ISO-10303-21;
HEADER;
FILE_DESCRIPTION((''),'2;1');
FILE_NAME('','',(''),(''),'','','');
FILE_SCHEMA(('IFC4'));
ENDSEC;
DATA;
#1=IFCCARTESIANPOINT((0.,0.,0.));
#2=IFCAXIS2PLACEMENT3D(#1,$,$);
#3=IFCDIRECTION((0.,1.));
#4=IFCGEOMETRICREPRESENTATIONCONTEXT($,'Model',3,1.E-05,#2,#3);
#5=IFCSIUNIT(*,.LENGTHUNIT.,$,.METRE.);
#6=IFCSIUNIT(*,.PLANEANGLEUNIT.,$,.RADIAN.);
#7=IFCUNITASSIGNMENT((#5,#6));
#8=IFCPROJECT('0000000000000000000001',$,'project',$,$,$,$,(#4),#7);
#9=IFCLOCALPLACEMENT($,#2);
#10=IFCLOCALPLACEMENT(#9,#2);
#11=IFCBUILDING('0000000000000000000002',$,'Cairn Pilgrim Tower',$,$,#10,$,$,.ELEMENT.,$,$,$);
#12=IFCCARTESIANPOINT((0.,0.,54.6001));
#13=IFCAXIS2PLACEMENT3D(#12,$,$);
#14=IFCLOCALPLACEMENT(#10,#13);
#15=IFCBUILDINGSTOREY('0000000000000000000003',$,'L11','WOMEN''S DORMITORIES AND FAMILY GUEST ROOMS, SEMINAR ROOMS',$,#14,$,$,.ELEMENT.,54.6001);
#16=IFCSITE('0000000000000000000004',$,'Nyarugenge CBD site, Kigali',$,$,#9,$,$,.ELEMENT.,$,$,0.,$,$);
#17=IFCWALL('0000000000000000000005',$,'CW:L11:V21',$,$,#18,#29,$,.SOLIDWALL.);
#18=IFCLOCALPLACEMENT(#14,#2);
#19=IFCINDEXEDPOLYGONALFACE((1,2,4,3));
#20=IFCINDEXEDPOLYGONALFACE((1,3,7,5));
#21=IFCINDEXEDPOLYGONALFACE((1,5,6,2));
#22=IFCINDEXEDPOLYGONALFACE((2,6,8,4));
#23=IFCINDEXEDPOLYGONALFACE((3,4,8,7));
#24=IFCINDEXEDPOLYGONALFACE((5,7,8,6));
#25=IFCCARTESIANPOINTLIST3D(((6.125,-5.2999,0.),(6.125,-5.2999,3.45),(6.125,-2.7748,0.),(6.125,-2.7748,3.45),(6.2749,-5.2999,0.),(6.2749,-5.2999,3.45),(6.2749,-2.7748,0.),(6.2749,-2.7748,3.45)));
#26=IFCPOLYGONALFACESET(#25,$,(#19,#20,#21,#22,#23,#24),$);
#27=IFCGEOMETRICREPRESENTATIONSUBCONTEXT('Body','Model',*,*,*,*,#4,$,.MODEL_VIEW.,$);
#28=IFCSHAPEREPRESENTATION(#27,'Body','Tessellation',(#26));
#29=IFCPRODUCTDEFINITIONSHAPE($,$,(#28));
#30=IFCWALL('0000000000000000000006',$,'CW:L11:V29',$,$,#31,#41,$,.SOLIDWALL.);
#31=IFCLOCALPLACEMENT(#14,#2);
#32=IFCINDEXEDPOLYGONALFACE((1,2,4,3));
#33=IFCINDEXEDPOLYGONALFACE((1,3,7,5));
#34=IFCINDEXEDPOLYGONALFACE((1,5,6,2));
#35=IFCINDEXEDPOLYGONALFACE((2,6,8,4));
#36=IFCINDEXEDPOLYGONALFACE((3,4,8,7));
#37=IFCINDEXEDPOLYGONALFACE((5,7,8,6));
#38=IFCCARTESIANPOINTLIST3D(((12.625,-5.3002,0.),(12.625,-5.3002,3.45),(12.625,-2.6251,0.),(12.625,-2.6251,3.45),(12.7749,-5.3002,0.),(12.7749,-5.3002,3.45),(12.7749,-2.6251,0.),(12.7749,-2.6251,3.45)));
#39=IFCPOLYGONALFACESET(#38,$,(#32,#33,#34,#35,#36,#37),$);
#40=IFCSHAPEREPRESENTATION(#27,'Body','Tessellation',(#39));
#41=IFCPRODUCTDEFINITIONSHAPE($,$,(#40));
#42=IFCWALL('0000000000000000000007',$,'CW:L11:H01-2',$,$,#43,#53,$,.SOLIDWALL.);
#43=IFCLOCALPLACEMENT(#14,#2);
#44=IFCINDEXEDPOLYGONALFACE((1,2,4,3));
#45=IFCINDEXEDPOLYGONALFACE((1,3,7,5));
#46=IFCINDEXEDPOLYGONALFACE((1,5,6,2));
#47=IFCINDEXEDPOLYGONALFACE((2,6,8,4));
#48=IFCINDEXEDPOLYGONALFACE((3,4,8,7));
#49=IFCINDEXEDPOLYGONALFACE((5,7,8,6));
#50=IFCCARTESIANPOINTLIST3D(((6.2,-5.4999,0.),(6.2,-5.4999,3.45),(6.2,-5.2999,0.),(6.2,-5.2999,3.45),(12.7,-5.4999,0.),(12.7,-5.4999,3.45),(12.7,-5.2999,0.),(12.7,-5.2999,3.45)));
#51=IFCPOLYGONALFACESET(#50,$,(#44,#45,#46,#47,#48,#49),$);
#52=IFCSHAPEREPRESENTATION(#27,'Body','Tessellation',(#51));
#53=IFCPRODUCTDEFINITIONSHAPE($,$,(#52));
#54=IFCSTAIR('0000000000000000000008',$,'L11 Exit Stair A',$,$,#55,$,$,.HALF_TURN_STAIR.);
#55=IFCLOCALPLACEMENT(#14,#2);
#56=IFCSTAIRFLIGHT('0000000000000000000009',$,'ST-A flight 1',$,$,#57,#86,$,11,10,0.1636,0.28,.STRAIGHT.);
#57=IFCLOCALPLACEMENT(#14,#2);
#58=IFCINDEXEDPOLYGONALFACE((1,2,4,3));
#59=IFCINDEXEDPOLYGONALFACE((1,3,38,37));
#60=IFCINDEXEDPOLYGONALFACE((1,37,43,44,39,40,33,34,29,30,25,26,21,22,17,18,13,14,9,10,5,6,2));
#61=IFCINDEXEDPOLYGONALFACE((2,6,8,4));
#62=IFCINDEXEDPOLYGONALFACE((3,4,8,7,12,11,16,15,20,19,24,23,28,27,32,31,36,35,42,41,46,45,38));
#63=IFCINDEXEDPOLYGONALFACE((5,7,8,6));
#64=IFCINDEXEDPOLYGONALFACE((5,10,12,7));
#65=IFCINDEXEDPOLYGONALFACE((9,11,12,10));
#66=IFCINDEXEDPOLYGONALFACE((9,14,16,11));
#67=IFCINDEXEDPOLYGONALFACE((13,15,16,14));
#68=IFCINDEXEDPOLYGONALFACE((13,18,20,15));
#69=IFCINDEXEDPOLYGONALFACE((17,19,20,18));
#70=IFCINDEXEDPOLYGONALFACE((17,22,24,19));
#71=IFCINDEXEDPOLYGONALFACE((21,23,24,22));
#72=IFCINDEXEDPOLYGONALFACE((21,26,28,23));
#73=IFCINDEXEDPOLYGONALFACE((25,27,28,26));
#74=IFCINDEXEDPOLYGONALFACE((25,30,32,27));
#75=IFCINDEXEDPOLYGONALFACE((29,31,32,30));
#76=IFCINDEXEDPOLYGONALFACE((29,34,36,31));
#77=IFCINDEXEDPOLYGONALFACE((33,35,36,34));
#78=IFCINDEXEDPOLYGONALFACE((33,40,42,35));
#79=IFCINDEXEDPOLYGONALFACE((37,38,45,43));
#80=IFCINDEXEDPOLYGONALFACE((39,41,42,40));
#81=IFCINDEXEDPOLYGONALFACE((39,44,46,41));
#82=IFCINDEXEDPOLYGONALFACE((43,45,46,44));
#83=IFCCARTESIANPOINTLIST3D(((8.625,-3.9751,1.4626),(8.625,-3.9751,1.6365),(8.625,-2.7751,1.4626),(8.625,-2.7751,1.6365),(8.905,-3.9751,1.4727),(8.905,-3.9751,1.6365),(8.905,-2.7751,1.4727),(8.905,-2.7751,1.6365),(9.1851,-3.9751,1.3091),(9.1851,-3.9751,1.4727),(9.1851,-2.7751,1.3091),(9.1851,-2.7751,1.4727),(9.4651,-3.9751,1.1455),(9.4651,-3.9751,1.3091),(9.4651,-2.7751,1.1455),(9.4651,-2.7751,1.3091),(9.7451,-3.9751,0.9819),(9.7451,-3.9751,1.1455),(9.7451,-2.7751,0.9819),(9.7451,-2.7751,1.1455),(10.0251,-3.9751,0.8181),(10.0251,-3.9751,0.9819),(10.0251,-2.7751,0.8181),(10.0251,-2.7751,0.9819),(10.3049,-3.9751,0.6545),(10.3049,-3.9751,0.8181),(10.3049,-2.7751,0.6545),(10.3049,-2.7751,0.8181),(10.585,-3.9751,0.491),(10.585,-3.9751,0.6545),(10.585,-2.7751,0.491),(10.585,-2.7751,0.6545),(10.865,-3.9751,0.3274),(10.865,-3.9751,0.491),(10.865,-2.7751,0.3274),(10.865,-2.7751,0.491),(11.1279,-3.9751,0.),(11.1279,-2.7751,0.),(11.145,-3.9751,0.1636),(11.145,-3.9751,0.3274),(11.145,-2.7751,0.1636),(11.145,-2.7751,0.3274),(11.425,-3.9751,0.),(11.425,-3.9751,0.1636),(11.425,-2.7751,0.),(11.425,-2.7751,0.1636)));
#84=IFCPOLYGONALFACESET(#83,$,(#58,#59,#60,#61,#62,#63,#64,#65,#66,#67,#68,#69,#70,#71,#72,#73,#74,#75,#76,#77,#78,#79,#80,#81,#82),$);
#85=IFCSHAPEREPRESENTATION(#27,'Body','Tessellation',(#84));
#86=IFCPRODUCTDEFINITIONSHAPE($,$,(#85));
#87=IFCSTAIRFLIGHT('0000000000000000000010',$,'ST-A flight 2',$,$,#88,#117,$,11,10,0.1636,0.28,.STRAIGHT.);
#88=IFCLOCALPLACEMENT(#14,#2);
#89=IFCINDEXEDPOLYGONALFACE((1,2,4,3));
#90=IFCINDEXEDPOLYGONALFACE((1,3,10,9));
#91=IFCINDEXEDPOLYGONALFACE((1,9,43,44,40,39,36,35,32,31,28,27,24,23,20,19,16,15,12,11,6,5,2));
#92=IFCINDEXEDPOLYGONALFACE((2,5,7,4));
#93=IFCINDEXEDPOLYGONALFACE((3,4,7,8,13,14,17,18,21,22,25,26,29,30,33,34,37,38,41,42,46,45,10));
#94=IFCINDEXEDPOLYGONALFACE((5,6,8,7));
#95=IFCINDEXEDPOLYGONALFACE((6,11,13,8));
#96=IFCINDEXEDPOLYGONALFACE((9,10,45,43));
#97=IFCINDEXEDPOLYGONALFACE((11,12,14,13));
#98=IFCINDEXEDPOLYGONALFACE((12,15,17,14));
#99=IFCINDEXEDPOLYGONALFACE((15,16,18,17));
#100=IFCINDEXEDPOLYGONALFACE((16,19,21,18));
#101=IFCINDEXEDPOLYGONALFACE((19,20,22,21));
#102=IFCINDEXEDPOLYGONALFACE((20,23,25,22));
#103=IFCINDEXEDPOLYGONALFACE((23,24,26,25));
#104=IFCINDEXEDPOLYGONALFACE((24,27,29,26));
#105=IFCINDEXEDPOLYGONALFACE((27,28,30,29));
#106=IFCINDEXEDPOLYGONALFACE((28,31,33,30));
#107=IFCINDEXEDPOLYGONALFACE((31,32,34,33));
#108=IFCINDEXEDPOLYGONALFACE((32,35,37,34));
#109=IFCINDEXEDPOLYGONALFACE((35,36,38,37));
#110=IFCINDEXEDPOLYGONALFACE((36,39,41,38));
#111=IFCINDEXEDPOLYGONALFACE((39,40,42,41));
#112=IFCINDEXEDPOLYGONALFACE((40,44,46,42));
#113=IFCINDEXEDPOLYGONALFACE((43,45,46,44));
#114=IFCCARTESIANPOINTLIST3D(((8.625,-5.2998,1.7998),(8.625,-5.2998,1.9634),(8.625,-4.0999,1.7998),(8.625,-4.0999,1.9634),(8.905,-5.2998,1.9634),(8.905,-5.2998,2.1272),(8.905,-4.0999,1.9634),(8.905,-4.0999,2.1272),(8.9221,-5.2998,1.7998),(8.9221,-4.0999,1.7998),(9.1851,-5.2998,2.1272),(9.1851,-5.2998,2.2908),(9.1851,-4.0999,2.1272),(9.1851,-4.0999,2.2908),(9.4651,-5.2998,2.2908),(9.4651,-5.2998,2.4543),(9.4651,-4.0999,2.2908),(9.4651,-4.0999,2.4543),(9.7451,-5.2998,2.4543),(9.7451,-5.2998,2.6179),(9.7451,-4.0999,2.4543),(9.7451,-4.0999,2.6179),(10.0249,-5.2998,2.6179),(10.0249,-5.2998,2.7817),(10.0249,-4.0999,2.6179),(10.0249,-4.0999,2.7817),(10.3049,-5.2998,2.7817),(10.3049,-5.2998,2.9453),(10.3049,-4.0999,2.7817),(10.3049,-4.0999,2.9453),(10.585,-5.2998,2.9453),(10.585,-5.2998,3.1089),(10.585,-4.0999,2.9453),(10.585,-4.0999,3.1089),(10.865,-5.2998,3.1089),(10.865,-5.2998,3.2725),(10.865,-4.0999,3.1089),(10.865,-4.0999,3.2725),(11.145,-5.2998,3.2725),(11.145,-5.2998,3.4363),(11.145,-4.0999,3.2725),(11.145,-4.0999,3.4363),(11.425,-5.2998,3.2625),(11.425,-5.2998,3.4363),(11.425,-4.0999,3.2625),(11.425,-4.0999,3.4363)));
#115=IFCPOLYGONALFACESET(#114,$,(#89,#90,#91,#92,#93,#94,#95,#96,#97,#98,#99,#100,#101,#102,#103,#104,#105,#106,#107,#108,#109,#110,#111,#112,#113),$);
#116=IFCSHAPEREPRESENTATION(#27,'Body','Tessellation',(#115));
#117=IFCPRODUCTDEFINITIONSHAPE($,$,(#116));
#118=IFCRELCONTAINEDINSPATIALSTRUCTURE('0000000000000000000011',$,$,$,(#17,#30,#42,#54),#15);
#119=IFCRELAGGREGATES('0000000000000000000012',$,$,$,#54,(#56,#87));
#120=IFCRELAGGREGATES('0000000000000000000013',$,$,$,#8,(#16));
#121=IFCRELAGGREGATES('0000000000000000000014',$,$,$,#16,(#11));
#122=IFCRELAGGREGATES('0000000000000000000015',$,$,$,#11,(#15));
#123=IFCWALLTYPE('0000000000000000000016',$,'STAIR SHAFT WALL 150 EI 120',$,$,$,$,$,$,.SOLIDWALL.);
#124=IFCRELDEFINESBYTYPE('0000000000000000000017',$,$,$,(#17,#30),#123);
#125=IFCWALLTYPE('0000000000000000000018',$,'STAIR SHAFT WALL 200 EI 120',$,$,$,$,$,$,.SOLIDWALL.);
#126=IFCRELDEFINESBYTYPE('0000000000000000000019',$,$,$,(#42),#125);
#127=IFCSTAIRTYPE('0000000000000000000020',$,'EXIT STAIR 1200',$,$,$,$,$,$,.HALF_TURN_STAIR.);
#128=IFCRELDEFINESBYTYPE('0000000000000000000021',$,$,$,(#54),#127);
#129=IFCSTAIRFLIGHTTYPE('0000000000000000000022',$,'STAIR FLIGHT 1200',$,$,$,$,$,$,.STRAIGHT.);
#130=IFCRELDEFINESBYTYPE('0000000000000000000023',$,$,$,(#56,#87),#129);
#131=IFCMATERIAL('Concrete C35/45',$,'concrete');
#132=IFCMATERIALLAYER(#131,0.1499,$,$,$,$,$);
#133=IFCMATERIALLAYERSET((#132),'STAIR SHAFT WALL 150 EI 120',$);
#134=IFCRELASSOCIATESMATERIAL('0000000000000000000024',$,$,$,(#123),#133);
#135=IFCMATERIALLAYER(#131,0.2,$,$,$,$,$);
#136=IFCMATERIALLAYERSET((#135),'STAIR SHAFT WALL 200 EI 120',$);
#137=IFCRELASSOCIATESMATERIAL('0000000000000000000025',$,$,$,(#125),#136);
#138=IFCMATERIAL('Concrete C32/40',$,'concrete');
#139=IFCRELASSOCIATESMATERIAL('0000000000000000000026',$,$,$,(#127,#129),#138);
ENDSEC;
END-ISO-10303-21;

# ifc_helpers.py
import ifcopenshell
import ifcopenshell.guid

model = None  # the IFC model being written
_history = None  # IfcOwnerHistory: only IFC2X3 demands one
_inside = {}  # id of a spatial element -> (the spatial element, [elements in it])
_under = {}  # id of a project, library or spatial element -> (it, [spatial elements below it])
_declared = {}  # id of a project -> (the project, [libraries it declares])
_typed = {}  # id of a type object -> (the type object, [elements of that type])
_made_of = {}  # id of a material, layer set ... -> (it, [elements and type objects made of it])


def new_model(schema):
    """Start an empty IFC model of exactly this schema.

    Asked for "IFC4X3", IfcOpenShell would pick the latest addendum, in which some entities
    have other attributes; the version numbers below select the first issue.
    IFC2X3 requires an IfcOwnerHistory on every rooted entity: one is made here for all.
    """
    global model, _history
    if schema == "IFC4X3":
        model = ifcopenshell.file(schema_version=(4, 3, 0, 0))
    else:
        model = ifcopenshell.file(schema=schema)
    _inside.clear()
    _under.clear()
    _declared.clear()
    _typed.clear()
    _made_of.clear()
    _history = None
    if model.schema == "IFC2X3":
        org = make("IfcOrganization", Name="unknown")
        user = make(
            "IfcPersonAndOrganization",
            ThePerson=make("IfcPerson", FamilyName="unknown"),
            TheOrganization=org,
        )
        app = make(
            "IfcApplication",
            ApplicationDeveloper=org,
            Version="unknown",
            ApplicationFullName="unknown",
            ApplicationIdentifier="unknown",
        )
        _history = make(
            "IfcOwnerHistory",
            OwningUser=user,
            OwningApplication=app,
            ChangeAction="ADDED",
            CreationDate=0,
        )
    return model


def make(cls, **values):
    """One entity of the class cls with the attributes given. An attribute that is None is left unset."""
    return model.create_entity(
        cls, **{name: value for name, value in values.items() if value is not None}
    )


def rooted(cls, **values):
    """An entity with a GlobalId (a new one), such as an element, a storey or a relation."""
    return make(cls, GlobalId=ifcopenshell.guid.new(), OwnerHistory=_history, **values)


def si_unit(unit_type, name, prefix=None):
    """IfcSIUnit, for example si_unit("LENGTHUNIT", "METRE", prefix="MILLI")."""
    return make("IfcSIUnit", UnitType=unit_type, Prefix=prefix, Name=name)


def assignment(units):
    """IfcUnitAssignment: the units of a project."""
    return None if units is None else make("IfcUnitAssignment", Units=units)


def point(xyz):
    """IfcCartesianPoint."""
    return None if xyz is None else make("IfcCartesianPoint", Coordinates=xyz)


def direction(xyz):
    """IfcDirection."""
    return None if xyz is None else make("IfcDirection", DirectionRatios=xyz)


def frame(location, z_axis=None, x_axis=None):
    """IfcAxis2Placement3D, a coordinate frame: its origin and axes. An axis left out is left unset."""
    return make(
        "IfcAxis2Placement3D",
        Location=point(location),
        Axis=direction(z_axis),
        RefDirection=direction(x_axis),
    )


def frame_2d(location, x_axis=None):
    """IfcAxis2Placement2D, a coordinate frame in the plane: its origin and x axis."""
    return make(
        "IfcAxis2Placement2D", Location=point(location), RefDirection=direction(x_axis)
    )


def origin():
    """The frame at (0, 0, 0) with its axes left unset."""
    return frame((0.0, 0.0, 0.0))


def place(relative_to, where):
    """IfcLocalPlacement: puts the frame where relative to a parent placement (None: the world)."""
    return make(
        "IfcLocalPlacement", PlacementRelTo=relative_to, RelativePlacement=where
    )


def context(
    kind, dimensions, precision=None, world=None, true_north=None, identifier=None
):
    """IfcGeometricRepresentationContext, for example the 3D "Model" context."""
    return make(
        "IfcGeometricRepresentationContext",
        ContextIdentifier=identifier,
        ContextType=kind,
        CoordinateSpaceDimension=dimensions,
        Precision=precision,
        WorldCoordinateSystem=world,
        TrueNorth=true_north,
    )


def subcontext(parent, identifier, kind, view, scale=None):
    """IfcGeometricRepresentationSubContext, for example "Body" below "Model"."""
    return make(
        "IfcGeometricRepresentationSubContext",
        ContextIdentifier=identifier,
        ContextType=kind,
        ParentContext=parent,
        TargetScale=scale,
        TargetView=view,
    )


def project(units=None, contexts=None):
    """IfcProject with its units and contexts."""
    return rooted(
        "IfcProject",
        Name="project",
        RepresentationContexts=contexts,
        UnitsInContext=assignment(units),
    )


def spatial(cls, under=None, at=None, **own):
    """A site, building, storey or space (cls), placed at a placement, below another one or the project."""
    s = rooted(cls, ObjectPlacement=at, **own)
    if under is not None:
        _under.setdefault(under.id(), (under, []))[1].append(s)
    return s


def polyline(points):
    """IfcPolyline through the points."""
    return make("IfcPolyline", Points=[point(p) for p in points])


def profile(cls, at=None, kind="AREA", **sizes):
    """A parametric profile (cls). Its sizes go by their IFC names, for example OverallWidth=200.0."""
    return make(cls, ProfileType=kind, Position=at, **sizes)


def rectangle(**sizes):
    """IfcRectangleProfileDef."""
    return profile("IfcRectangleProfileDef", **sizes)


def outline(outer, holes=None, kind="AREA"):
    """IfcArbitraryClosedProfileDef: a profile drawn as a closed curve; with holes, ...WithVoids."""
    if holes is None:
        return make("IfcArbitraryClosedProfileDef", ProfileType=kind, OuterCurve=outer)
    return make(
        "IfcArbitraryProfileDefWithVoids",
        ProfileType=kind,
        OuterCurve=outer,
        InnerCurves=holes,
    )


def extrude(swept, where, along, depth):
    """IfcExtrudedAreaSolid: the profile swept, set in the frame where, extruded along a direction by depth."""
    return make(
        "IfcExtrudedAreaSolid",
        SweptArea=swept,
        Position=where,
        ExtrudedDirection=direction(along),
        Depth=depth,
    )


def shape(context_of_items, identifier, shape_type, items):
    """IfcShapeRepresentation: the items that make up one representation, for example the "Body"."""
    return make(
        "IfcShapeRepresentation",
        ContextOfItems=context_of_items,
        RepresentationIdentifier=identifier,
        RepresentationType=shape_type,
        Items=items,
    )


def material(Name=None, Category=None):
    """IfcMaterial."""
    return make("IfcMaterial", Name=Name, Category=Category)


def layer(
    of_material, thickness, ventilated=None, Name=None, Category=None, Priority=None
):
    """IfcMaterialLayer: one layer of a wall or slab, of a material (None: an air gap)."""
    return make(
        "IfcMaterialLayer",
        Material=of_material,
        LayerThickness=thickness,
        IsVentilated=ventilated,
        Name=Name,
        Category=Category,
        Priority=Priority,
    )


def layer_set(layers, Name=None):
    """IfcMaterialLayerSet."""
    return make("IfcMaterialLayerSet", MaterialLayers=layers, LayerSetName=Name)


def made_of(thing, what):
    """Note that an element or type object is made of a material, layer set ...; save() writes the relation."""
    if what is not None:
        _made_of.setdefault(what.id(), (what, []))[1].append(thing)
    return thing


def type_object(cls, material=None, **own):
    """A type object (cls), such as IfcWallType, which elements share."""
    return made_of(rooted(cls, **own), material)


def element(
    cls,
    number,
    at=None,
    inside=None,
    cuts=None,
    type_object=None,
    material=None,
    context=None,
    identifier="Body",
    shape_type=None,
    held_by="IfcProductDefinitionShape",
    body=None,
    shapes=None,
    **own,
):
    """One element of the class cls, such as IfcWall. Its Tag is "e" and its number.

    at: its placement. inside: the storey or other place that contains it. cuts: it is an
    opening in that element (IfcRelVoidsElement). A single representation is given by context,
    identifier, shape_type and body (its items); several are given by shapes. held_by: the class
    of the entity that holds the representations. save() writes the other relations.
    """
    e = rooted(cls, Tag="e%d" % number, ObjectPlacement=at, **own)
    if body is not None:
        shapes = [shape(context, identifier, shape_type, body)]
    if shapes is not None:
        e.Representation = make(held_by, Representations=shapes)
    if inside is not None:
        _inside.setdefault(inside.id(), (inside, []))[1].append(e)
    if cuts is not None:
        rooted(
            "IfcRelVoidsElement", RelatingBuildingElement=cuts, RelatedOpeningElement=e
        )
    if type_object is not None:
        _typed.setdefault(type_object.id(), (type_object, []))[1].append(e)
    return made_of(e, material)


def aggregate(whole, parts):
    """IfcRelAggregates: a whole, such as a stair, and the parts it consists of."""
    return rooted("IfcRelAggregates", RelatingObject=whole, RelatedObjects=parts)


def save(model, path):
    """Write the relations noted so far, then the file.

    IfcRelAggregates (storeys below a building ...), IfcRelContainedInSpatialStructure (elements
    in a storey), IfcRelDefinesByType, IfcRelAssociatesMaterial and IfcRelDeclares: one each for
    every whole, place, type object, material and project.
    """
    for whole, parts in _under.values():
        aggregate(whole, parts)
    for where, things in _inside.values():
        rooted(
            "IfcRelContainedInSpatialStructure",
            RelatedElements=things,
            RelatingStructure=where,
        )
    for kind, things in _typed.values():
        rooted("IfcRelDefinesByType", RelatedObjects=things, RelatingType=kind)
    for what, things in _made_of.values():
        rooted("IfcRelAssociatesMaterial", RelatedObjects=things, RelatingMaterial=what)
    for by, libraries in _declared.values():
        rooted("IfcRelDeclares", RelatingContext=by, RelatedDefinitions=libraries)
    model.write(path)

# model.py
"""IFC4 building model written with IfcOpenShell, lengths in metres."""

from ifc_helpers import new_model, si_unit, direction, frame, frame_2d, origin, place, context, subcontext, project, spatial, polyline, rectangle, outline, extrude, material, layer, layer_set, type_object, element, aggregate, save


model = new_model("IFC4")

# Units and contexts
model_context = context("Model", 3, precision=1e-05, world=origin(), true_north=direction((0.0, 1.0)))
body_context = subcontext(model_context, "Body", "Model", "MODEL_VIEW")
ifc_project = project(units=[si_unit("LENGTHUNIT", "METRE"), si_unit("PLANEANGLEUNIT", "RADIAN")], contexts=[model_context])

# Site, building, storey
site_placement = place(None, origin())
site = spatial("IfcSite", under=ifc_project, at=site_placement, Name="Nyarugenge CBD site, Kigali", CompositionType="ELEMENT", RefElevation=0.0)
building_placement = place(site_placement, origin())
building = spatial("IfcBuilding", under=site, at=building_placement, Name="Cairn Pilgrim Tower", CompositionType="ELEMENT")
storey_placement = place(building_placement, frame((0.0, 0.0, 54.6001)))
storey = spatial("IfcBuildingStorey", under=building, at=storey_placement, Name="L11", Description="WOMEN'S DORMITORIES AND FAMILY GUEST ROOMS, SEMINAR ROOMS", CompositionType="ELEMENT", Elevation=54.6001)

# Shared definitions
ifc_material_1 = material(Name="Concrete C32/40", Category="concrete")

# Shared definitions
ifc_material_2 = material(Name="Concrete C35/45", Category="concrete")
ifc_layer_1 = layer(ifc_material_2, 0.1499)
ifc_layer_set_1 = layer_set([ifc_layer_1], Name="STAIR SHAFT WALL 150 EI 120")
wall_type_1 = type_object("IfcWallType", Name="STAIR SHAFT WALL 150 EI 120", PredefinedType="SOLIDWALL", material=ifc_layer_set_1)

# Walls
wall_1_placement = place(storey_placement, frame((6.2, -5.3, 0.0), z_axis=(0.0, 0.0, 1.0), x_axis=(0.0, 1.0, 0.0)))
element("IfcWall", 1, at=wall_1_placement, inside=storey, type_object=wall_type_1, Name="CW:L11:V21", PredefinedType="SOLIDWALL", context=body_context, shape_type="SweptSolid", body=[
    extrude(rectangle(XDim=2.5251, YDim=0.1499, at=frame_2d((1.2627, 0.0))), origin(), (0.0, 0.0, 1.0), 3.45),
])
wall_2_placement = place(storey_placement, frame((12.7, -5.3, 0.0), z_axis=(0.0, 0.0, 1.0), x_axis=(0.0, 1.0, 0.0)))
element("IfcWall", 2, at=wall_2_placement, inside=storey, type_object=wall_type_1, Name="CW:L11:V29", PredefinedType="SOLIDWALL", context=body_context, shape_type="SweptSolid", body=[
    extrude(rectangle(XDim=2.675, YDim=0.1499, at=frame_2d((1.3374, 0.0))), origin(), (0.0, 0.0, 1.0), 3.45),
])
ifc_layer_2 = layer(ifc_material_2, 0.2)
ifc_layer_set_2 = layer_set([ifc_layer_2], Name="STAIR SHAFT WALL 200 EI 120")
wall_type_2 = type_object("IfcWallType", Name="STAIR SHAFT WALL 200 EI 120", PredefinedType="SOLIDWALL", material=ifc_layer_set_2)
wall_3_placement = place(storey_placement, frame((6.2, -5.3999, 0.0), z_axis=(0.0, 0.0, 1.0), x_axis=(1.0, 0.0, 0.0)))
element("IfcWall", 3, at=wall_3_placement, inside=storey, type_object=wall_type_2, Name="CW:L11:H01-2", PredefinedType="SOLIDWALL", context=body_context, shape_type="SweptSolid", body=[
    extrude(rectangle(XDim=6.5, YDim=0.2, at=frame_2d((3.25, 0.0))), origin(), (0.0, 0.0, 1.0), 3.45),
])

# Stair, stair flights
stair_type = type_object("IfcStairType", Name="EXIT STAIR 1200", PredefinedType="HALF_TURN_STAIR", material=ifc_material_1)
stair_placement = place(storey_placement, origin())
stair = element("IfcStair", 4, at=stair_placement, inside=storey, type_object=stair_type, Name="L11 Exit Stair A", PredefinedType="HALF_TURN_STAIR")
stair_flight_type = type_object("IfcStairFlightType", Name="STAIR FLIGHT 1200", PredefinedType="STRAIGHT", material=ifc_material_1)
stair_flight_1_placement = place(storey_placement, frame((11.425, -3.375, 0.0), z_axis=(0.0, 0.0, 1.0), x_axis=(-1.0, 0.0, 0.0)))
stair_flight_1 = element("IfcStairFlight", 5, at=stair_flight_1_placement, type_object=stair_flight_type, Name="ST-A flight 1", NumberOfRisers=11, NumberOfTreads=10, PredefinedType="STRAIGHT", RiserHeight=0.1636, TreadLength=0.28, context=body_context, shape_type="SweptSolid", body=[
    extrude(outline(polyline([(0.0, 0.0), (0.0, 0.1636), (0.28, 0.1636), (0.28, 0.3274), (0.5601, 0.3274), (0.5601, 0.491), (0.8401, 0.491), (0.8401, 0.6545), (1.1201, 0.6545), (1.1201, 0.8181), (1.3999, 0.8181), (1.3999, 0.9819), (1.6799, 0.9819), (1.6799, 1.1455), (1.96, 1.1455), (1.96, 1.3091), (2.24, 1.3091), (2.24, 1.4727), (2.52, 1.4727), (2.52, 1.6365), (2.8, 1.6365), (2.8, 1.8), (2.8, 1.4626), (0.2971, 0.0), (0.0, 0.0)])), frame((0.0, 0.6001, 0.0), z_axis=(0.0, -1.0, 0.0), x_axis=(1.0, 0.0, 0.0)), (0.0, 0.0, 1.0), 1.2),
])
stair_flight_2_placement = place(storey_placement, frame((8.625, -4.7, 1.7998), z_axis=(0.0, 0.0, 1.0), x_axis=(1.0, 0.0, 0.0)))
stair_flight_2 = element("IfcStairFlight", 6, at=stair_flight_2_placement, type_object=stair_flight_type, Name="ST-A flight 2", NumberOfRisers=11, NumberOfTreads=10, PredefinedType="STRAIGHT", RiserHeight=0.1636, TreadLength=0.28, context=body_context, shape_type="SweptSolid", body=[
    extrude(outline(polyline([(0.0, 0.0), (0.0, 0.1636), (0.28, 0.1636), (0.28, 0.3274), (0.5601, 0.3274), (0.5601, 0.491), (0.8401, 0.491), (0.8401, 0.6545), (1.1201, 0.6545), (1.1201, 0.8181), (1.3999, 0.8181), (1.3999, 0.9819), (1.6799, 0.9819), (1.6799, 1.1455), (1.96, 1.1455), (1.96, 1.3091), (2.24, 1.3091), (2.24, 1.4727), (2.52, 1.4727), (2.52, 1.6365), (2.8, 1.6365), (2.8, 1.8), (2.8, 1.4626), (0.2971, 0.0), (0.0, 0.0)])), frame((0.0, 0.6001, 0.0), z_axis=(0.0, -1.0, 0.0), x_axis=(1.0, 0.0, 0.0)), (0.0, 0.0, 1.0), 1.2),
])
aggregate(stair, [stair_flight_1, stair_flight_2])

save(model, "model.ifc")
